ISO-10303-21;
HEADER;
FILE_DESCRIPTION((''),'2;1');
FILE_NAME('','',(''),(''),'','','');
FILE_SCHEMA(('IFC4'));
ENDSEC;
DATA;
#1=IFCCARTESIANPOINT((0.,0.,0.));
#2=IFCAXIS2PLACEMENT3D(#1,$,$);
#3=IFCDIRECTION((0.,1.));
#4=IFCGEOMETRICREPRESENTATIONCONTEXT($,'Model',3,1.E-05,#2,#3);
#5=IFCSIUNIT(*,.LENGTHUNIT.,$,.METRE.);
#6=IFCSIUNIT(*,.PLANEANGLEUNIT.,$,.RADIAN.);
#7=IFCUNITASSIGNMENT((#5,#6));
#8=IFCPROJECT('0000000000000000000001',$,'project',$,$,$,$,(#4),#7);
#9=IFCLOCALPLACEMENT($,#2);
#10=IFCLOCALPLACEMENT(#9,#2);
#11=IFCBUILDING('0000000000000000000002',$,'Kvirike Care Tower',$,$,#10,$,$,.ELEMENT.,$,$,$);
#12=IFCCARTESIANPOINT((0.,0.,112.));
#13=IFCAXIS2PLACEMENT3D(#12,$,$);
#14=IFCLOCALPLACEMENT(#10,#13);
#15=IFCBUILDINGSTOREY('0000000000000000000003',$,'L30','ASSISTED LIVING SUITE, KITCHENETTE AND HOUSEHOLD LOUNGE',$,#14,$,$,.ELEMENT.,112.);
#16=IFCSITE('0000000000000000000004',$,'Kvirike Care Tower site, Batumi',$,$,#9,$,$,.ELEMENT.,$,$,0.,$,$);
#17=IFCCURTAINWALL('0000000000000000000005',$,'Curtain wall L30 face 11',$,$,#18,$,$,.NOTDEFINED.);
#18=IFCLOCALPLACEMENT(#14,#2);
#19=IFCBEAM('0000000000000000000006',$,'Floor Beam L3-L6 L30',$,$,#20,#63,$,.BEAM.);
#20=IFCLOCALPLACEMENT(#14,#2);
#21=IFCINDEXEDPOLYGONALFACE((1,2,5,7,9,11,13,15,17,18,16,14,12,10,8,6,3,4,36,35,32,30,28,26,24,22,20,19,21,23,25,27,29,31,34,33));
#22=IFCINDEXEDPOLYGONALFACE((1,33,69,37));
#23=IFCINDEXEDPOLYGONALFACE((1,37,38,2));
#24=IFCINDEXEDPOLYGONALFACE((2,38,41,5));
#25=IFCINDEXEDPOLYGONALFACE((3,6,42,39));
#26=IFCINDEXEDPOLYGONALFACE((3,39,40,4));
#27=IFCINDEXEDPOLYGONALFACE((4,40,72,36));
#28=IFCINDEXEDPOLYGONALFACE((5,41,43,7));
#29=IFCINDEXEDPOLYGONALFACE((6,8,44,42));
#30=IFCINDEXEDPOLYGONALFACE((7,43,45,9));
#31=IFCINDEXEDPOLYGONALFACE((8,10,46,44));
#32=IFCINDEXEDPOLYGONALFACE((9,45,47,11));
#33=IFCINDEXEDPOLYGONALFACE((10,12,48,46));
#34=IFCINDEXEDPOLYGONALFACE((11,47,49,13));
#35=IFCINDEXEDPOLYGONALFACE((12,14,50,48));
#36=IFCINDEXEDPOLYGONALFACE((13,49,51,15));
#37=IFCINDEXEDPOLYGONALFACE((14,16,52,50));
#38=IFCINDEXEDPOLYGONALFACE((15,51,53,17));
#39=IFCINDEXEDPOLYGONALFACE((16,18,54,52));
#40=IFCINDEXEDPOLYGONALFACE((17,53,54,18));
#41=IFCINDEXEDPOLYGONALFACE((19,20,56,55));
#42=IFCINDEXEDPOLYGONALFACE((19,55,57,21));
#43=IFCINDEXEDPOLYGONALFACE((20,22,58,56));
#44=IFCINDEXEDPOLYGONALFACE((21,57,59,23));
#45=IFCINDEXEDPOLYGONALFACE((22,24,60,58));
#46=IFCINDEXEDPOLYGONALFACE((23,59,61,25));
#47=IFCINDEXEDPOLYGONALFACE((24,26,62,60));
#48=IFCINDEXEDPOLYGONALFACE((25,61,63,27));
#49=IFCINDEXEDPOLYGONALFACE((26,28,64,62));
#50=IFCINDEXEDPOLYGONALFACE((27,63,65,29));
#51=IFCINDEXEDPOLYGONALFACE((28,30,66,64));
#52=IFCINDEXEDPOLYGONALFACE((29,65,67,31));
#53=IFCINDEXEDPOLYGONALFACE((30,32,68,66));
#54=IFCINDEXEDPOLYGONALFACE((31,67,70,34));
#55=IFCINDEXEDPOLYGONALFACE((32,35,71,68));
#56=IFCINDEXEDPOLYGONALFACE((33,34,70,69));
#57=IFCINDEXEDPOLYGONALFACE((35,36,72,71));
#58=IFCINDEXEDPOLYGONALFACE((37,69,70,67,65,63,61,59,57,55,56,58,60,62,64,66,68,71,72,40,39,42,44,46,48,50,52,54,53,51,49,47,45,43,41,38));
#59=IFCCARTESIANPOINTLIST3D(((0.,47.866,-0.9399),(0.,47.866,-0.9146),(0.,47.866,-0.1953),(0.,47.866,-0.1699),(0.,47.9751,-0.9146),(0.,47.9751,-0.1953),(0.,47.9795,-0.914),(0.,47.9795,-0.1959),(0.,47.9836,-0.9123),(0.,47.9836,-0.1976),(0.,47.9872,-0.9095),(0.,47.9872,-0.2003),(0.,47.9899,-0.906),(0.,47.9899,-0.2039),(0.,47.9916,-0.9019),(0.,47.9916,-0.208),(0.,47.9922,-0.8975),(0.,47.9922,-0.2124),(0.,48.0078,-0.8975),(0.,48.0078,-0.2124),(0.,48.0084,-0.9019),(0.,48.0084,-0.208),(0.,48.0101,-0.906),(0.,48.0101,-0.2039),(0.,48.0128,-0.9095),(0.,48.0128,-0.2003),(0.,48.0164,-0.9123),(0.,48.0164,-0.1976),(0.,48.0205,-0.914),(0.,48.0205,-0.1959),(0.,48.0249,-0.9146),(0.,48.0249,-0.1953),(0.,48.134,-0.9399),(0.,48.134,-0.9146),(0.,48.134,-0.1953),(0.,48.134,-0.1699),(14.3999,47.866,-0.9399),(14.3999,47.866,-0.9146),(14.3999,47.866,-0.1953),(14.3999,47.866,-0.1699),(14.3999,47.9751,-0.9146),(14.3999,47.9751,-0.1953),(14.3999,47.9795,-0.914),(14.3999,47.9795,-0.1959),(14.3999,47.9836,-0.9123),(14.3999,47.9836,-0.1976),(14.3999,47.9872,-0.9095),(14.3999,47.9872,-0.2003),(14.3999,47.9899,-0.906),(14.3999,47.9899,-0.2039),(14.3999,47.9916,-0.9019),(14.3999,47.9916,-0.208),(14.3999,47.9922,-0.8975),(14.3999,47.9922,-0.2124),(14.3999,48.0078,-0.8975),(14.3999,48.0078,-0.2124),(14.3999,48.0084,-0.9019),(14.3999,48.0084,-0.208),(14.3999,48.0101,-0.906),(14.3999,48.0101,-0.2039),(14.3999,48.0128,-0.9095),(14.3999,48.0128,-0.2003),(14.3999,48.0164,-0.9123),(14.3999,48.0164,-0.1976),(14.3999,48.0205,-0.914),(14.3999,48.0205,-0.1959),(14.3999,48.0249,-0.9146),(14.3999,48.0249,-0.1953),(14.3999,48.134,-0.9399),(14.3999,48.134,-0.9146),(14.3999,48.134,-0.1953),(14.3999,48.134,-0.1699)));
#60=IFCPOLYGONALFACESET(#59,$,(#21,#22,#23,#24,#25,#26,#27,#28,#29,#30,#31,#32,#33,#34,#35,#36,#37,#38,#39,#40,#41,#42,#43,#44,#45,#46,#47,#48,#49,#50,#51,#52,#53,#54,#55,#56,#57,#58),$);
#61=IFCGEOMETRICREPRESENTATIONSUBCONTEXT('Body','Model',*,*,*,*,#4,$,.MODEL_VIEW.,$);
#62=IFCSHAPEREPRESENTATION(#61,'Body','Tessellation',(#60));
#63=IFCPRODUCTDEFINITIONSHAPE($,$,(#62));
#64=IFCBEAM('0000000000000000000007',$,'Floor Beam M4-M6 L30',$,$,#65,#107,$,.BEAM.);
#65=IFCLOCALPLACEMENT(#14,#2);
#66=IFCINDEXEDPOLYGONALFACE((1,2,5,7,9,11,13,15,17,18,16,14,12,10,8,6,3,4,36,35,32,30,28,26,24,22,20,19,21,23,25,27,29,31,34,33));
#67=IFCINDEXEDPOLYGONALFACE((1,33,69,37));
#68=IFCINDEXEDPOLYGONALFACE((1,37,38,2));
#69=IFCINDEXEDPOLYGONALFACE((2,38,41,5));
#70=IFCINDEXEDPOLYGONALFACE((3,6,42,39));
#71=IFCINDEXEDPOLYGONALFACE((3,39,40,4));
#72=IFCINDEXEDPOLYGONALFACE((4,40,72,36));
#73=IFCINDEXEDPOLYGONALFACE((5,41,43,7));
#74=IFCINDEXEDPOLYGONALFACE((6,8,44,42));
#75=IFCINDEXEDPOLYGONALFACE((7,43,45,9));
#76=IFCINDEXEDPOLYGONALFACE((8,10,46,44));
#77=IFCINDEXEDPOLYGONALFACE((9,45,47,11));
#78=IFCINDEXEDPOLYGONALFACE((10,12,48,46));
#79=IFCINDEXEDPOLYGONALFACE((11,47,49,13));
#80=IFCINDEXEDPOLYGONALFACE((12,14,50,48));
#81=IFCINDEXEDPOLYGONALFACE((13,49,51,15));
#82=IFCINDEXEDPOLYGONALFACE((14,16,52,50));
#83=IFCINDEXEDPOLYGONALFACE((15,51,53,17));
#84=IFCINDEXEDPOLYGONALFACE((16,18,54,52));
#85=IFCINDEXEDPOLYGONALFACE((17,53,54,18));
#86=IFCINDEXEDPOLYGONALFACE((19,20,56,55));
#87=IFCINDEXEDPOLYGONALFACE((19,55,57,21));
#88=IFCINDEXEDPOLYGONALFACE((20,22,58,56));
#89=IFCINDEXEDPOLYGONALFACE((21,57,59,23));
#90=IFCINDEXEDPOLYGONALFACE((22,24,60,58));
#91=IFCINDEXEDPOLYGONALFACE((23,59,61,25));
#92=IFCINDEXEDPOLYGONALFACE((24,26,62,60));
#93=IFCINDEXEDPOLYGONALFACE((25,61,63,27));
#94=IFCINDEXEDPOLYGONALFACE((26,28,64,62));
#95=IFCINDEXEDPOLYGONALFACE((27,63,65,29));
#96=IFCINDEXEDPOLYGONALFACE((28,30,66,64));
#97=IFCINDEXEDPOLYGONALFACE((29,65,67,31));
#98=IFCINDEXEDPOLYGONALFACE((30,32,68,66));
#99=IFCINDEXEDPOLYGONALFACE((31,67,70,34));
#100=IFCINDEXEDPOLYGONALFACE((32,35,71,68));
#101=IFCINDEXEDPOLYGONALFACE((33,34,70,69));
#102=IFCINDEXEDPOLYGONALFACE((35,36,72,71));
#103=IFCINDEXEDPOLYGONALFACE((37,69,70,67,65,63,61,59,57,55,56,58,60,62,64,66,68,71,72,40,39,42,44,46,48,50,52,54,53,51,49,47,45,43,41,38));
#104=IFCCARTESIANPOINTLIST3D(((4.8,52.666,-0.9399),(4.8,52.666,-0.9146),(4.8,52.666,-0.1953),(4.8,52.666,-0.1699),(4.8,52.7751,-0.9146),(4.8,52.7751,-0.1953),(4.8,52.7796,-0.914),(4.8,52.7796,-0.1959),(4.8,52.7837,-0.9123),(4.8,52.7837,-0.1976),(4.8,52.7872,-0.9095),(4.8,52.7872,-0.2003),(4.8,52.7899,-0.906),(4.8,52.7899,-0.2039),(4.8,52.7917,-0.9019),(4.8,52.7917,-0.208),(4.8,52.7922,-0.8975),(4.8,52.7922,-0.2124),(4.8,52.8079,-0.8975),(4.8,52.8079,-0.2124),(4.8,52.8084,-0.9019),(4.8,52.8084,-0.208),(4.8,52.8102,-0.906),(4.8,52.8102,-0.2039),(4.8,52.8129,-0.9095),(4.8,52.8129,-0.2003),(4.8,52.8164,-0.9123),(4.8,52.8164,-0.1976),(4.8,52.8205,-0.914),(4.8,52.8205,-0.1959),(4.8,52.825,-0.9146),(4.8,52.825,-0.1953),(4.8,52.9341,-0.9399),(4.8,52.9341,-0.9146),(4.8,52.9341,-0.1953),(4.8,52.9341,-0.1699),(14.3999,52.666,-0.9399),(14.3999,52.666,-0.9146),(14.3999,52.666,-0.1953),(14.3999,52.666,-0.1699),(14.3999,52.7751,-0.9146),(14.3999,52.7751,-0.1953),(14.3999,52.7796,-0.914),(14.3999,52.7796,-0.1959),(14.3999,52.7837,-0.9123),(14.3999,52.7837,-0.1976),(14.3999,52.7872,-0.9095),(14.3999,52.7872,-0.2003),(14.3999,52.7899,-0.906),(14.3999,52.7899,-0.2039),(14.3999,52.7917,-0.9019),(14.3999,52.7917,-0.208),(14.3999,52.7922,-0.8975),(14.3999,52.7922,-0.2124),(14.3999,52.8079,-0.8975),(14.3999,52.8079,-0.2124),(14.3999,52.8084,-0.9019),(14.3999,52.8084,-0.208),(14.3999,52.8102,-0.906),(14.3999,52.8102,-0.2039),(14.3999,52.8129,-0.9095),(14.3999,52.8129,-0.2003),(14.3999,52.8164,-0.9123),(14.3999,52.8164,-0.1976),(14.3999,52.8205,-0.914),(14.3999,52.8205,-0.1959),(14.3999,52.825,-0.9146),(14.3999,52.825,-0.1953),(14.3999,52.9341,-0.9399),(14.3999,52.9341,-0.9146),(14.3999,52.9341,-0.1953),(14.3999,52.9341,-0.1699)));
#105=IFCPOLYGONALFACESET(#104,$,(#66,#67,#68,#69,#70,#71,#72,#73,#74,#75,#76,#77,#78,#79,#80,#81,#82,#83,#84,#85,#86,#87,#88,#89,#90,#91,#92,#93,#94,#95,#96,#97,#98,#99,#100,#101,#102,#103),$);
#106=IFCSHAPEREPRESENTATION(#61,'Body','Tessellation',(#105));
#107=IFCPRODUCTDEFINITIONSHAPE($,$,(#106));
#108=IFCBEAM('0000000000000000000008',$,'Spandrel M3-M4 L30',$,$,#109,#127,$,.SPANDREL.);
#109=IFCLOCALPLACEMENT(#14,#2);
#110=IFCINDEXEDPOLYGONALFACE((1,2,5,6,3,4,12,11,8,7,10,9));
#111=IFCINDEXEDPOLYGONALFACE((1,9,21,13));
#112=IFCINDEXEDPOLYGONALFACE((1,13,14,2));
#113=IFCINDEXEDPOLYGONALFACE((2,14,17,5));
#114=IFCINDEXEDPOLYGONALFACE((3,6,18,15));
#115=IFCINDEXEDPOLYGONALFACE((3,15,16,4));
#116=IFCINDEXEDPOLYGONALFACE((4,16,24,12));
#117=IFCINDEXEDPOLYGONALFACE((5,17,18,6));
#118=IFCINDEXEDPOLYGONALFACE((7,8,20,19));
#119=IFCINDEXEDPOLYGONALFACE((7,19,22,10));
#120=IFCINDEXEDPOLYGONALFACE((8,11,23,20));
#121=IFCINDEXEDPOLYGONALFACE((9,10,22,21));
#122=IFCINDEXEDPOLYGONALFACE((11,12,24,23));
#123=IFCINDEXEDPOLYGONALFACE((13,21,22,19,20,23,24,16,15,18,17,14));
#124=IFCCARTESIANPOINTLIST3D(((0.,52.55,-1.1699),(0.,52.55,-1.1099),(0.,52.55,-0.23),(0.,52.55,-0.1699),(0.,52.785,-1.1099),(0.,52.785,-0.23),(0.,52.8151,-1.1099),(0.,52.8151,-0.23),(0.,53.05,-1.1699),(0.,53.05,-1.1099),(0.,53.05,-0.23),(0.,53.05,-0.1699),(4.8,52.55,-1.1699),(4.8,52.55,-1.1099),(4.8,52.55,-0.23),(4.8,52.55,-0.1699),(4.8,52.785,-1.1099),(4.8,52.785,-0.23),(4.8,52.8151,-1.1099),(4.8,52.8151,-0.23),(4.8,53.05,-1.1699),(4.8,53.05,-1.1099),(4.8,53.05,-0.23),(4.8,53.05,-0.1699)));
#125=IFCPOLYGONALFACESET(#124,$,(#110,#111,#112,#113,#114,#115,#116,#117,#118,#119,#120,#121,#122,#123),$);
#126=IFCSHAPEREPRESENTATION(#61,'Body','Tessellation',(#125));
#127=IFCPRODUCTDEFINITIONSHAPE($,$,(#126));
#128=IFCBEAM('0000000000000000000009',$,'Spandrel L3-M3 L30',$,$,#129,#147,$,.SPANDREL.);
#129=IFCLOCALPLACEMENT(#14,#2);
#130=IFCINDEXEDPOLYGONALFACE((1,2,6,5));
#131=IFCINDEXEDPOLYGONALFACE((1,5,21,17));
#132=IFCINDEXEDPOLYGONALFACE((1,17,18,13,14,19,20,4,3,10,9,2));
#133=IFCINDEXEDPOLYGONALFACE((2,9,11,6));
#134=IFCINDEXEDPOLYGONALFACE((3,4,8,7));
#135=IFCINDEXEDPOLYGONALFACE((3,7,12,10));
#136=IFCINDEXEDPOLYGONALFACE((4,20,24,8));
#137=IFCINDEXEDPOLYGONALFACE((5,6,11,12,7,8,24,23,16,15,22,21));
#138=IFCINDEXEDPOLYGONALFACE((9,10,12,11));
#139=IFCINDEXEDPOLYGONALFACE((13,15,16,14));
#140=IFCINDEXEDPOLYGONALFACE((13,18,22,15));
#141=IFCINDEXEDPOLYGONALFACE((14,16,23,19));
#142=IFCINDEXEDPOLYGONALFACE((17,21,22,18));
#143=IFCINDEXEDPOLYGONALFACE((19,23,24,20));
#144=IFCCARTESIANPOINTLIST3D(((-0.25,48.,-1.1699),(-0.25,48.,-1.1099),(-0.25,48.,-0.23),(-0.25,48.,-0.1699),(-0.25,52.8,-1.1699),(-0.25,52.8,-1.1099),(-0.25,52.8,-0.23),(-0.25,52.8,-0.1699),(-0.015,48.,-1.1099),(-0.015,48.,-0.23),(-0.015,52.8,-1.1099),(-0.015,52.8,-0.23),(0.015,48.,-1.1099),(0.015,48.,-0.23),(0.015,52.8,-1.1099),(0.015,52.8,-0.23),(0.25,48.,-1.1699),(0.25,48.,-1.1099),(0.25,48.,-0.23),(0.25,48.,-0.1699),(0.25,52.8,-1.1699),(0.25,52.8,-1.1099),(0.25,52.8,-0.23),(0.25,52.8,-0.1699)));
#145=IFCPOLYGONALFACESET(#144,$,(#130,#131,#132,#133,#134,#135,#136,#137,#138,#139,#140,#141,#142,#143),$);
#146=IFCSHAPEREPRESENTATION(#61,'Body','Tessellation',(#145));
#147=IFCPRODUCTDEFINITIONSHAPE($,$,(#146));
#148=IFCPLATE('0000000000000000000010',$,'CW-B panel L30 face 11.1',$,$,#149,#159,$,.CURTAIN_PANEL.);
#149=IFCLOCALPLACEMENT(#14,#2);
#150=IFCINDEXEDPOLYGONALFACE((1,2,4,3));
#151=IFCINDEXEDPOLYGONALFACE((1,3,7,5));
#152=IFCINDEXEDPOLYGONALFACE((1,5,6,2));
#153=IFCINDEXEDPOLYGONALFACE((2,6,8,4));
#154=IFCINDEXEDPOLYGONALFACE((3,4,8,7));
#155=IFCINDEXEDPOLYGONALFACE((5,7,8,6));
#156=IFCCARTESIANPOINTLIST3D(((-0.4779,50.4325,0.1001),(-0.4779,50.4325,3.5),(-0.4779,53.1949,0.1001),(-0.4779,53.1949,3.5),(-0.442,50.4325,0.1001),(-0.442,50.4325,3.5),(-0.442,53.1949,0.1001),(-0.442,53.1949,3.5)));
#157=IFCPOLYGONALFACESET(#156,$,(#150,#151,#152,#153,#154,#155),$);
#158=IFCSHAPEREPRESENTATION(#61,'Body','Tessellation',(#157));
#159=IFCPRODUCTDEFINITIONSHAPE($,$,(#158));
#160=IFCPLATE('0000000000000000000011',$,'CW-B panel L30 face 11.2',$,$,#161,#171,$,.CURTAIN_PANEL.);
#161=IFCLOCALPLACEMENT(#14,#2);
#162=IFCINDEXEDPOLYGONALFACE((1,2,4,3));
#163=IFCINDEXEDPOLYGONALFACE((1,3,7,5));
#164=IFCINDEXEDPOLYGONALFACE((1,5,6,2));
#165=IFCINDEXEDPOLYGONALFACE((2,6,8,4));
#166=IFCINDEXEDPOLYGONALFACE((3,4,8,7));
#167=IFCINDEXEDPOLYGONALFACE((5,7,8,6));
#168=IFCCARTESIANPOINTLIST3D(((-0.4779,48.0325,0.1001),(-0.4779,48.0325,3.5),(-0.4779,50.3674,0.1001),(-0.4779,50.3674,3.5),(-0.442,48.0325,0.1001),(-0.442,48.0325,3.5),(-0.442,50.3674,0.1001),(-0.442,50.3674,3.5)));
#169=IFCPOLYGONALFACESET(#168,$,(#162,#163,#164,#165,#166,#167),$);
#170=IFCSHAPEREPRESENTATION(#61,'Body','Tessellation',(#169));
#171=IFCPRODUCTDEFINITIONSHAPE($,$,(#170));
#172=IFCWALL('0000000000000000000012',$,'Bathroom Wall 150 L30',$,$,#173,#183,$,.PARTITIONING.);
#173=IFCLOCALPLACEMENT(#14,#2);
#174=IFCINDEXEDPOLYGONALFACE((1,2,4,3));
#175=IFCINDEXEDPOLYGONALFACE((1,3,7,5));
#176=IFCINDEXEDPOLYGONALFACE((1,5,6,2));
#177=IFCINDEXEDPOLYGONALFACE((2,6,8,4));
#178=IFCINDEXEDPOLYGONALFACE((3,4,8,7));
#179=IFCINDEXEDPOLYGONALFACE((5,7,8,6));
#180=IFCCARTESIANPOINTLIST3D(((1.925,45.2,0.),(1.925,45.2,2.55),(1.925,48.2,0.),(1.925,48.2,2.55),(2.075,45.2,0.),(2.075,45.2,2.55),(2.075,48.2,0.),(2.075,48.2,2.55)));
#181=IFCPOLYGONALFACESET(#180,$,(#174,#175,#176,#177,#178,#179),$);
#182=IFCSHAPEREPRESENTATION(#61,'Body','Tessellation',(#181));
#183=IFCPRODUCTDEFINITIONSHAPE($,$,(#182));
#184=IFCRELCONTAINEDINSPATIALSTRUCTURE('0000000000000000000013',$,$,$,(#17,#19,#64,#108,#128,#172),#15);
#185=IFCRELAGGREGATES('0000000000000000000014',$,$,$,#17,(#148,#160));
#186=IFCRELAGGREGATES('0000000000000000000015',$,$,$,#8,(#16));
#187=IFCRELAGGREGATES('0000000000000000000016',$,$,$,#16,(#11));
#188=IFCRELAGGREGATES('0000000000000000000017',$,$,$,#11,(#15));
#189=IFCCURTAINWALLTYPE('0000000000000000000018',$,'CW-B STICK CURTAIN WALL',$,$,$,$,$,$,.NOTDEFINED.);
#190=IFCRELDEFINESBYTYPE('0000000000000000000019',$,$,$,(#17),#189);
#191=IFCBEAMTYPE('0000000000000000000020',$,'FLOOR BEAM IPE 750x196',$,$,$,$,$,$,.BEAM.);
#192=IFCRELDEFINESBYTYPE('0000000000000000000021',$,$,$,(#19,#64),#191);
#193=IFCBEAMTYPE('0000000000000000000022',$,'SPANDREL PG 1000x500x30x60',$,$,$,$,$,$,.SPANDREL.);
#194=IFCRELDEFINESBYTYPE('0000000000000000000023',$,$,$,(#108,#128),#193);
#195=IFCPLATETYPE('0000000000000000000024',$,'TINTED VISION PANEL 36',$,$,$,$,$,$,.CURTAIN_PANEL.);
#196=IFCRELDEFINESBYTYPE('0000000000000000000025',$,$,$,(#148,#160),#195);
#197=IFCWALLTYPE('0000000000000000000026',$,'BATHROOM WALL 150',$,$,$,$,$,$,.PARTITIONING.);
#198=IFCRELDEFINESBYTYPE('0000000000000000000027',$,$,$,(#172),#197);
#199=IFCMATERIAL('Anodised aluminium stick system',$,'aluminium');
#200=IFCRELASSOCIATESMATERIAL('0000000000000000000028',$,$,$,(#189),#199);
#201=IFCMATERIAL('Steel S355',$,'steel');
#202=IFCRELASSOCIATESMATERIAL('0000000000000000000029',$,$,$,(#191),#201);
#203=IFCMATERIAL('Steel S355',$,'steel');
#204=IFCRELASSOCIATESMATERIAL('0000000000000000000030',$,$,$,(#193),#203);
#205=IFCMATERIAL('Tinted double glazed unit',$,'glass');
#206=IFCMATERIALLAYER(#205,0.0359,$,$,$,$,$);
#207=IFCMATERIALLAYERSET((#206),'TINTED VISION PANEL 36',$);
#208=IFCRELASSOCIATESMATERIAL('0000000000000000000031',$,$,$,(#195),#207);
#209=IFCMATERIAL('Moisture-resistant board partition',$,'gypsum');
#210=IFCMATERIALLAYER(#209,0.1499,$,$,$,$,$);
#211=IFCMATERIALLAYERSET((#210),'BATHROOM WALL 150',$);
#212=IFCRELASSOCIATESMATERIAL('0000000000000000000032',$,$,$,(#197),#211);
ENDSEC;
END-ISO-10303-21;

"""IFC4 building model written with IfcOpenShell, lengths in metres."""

from ifc_helpers import new_model, si_unit, direction, frame, frame_2d, origin, origin_2d, place, context, subcontext, project, spatial, rectangle, i_section, extrude, material, layer, layer_set, material_profile, profile_set, type_object, element, aggregate, save


model = new_model("IFC4")

# Units and contexts
model_context = context("Model", 3, precision=1e-05, world=origin(), true_north=direction((0.0, 1.0)))
body_context = subcontext(model_context, "Body", "Model", "MODEL_VIEW")
ifc_project = project(units=[si_unit("LENGTHUNIT", "METRE"), si_unit("PLANEANGLEUNIT", "RADIAN")], contexts=[model_context])

# Site, building, storey
site_placement = place(None, origin())
site = spatial("IfcSite", under=ifc_project, at=site_placement, Name="Kvirike Care Tower site, Batumi", CompositionType="ELEMENT", RefElevation=0.0)
building_placement = place(site_placement, origin())
building = spatial("IfcBuilding", under=site, at=building_placement, Name="Kvirike Care Tower", CompositionType="ELEMENT")
storey_placement = place(building_placement, frame((0.0, 0.0, 112.0)))
storey = spatial("IfcBuildingStorey", under=building, at=storey_placement, Name="L30", Description="ASSISTED LIVING SUITE, KITCHENETTE AND HOUSEHOLD LOUNGE", CompositionType="ELEMENT", Elevation=112.0)

# Curtain wall
ifc_material_1 = material(Name="Anodised aluminium stick system", Category="aluminium")
curtain_wall_type = type_object("IfcCurtainWallType", Name="CW-B STICK CURTAIN WALL", PredefinedType="NOTDEFINED", material=ifc_material_1)
curtain_wall_placement = place(storey_placement, origin())
curtain_wall = element("IfcCurtainWall", 1, at=curtain_wall_placement, inside=storey, type_object=curtain_wall_type, Name="Curtain wall L30 face 11", PredefinedType="NOTDEFINED")

# Beams
ifc_material_2 = material(Name="Steel S355", Category="steel")
ifc_material_profile_1 = material_profile(ifc_material_2, i_section(OverallWidth=0.2681, OverallDepth=0.77, WebThickness=0.0156, FlangeThickness=0.0254, FilletRadius=0.0171, at=origin_2d()), Name="IPE 750x196")
ifc_profile_set_1 = profile_set([ifc_material_profile_1], Name="Steel S355")
beam_type_1 = type_object("IfcBeamType", Name="FLOOR BEAM IPE 750x196", PredefinedType="BEAM", material=ifc_profile_set_1)
beam_1_placement = place(storey_placement, frame((0.0, 48.0, -0.5549), z_axis=(1.0, 0.0, 0.0), x_axis=(0.0, 1.0, 0.0)))
element("IfcBeam", 2, at=beam_1_placement, inside=storey, type_object=beam_type_1, Name="Floor Beam L3-L6 L30", PredefinedType="BEAM", context=body_context, shape_type="SweptSolid", body=[
    extrude(i_section(OverallWidth=0.2681, OverallDepth=0.77, WebThickness=0.0156, FlangeThickness=0.0254, FilletRadius=0.0171, at=origin_2d()), origin(), (0.0, 0.0, 1.0), 14.3999),
])
beam_2_placement = place(storey_placement, frame((4.8, 52.8, -0.5549), z_axis=(1.0, 0.0, 0.0), x_axis=(0.0, 1.0, 0.0)))
element("IfcBeam", 3, at=beam_2_placement, inside=storey, type_object=beam_type_1, Name="Floor Beam M4-M6 L30", PredefinedType="BEAM", context=body_context, shape_type="SweptSolid", body=[
    extrude(i_section(OverallWidth=0.2681, OverallDepth=0.77, WebThickness=0.0156, FlangeThickness=0.0254, FilletRadius=0.0171, at=origin_2d()), origin(), (0.0, 0.0, 1.0), 9.5999),
])
ifc_material_3 = material(Name="Steel S355", Category="steel")
ifc_material_profile_2 = material_profile(ifc_material_3, i_section(OverallWidth=0.5, OverallDepth=1.0, WebThickness=0.03, FlangeThickness=0.0601, at=origin_2d()), Name="PG 1000x500x30x60")
ifc_profile_set_2 = profile_set([ifc_material_profile_2], Name="Steel S355")
beam_type_2 = type_object("IfcBeamType", Name="SPANDREL PG 1000x500x30x60", PredefinedType="SPANDREL", material=ifc_profile_set_2)
for number, where, z_axis, x_axis, name in (
    (4, (0.0, 52.8, -0.6699), (1.0, 0.0, 0.0), (0.0, 1.0, 0.0), "Spandrel M3-M4 L30"),
    (5, (0.0, 48.0, -0.6699), (0.0, 1.0, 0.0), (-1.0, 0.0, 0.0), "Spandrel L3-M3 L30"),
):
    element("IfcBeam", number, at=place(storey_placement, frame(where, z_axis=z_axis, x_axis=x_axis)), inside=storey, type_object=beam_type_2, Name=name, PredefinedType="SPANDREL", context=body_context, shape_type="SweptSolid", body=[
        extrude(i_section(OverallWidth=0.5, OverallDepth=1.0, WebThickness=0.03, FlangeThickness=0.0601, at=origin_2d()), origin(), (0.0, 0.0, 1.0), 4.8),
    ])

# Plates
ifc_material_4 = material(Name="Tinted double glazed unit", Category="glass")
ifc_layer_1 = layer(ifc_material_4, 0.0359)
ifc_layer_set_1 = layer_set([ifc_layer_1], Name="TINTED VISION PANEL 36")
plate_type = type_object("IfcPlateType", Name="TINTED VISION PANEL 36", PredefinedType="CURTAIN_PANEL", material=ifc_layer_set_1)
plate_1_placement = place(storey_placement, frame((-0.46, 51.8137, 0.1001), z_axis=(0.0, 0.0, 1.0), x_axis=(0.0, -1.0, 0.0)))
plate_1 = element("IfcPlate", 6, at=plate_1_placement, type_object=plate_type, Name="CW-B panel L30 face 11.1", PredefinedType="CURTAIN_PANEL", context=body_context, shape_type="SweptSolid", body=[
    extrude(rectangle(XDim=2.7625, YDim=0.0359, at=origin_2d()), origin(), (0.0, 0.0, 1.0), 3.3999),
])
plate_2_placement = place(storey_placement, frame((-0.46, 49.2, 0.1001), z_axis=(0.0, 0.0, 1.0), x_axis=(0.0, -1.0, 0.0)))
plate_2 = element("IfcPlate", 7, at=plate_2_placement, type_object=plate_type, Name="CW-B panel L30 face 11.2", PredefinedType="CURTAIN_PANEL", context=body_context, shape_type="SweptSolid", body=[
    extrude(rectangle(XDim=2.335, YDim=0.0359, at=origin_2d()), origin(), (0.0, 0.0, 1.0), 3.3999),
])
aggregate(curtain_wall, [plate_1, plate_2])

# Wall
ifc_material_5 = material(Name="Moisture-resistant board partition", Category="gypsum")
ifc_layer_2 = layer(ifc_material_5, 0.1499)
ifc_layer_set_2 = layer_set([ifc_layer_2], Name="BATHROOM WALL 150")
wall_type_1 = type_object("IfcWallType", Name="BATHROOM WALL 150", PredefinedType="PARTITIONING", material=ifc_layer_set_2)
wall_1_placement = place(storey_placement, frame((2.0, 48.2, 0.0), z_axis=(0.0, 0.0, 1.0), x_axis=(0.0, -1.0, 0.0)))
element("IfcWall", 8, at=wall_1_placement, inside=storey, type_object=wall_type_1, Name="Bathroom Wall 150 L30", PredefinedType="PARTITIONING", context=body_context, shape_type="SweptSolid", body=[
    extrude(rectangle(XDim=3.0, YDim=0.1499, at=frame_2d((1.5, 0.0))), origin(), (0.0, 0.0, 1.0), 2.55),
])

save(model, "model.ifc")
